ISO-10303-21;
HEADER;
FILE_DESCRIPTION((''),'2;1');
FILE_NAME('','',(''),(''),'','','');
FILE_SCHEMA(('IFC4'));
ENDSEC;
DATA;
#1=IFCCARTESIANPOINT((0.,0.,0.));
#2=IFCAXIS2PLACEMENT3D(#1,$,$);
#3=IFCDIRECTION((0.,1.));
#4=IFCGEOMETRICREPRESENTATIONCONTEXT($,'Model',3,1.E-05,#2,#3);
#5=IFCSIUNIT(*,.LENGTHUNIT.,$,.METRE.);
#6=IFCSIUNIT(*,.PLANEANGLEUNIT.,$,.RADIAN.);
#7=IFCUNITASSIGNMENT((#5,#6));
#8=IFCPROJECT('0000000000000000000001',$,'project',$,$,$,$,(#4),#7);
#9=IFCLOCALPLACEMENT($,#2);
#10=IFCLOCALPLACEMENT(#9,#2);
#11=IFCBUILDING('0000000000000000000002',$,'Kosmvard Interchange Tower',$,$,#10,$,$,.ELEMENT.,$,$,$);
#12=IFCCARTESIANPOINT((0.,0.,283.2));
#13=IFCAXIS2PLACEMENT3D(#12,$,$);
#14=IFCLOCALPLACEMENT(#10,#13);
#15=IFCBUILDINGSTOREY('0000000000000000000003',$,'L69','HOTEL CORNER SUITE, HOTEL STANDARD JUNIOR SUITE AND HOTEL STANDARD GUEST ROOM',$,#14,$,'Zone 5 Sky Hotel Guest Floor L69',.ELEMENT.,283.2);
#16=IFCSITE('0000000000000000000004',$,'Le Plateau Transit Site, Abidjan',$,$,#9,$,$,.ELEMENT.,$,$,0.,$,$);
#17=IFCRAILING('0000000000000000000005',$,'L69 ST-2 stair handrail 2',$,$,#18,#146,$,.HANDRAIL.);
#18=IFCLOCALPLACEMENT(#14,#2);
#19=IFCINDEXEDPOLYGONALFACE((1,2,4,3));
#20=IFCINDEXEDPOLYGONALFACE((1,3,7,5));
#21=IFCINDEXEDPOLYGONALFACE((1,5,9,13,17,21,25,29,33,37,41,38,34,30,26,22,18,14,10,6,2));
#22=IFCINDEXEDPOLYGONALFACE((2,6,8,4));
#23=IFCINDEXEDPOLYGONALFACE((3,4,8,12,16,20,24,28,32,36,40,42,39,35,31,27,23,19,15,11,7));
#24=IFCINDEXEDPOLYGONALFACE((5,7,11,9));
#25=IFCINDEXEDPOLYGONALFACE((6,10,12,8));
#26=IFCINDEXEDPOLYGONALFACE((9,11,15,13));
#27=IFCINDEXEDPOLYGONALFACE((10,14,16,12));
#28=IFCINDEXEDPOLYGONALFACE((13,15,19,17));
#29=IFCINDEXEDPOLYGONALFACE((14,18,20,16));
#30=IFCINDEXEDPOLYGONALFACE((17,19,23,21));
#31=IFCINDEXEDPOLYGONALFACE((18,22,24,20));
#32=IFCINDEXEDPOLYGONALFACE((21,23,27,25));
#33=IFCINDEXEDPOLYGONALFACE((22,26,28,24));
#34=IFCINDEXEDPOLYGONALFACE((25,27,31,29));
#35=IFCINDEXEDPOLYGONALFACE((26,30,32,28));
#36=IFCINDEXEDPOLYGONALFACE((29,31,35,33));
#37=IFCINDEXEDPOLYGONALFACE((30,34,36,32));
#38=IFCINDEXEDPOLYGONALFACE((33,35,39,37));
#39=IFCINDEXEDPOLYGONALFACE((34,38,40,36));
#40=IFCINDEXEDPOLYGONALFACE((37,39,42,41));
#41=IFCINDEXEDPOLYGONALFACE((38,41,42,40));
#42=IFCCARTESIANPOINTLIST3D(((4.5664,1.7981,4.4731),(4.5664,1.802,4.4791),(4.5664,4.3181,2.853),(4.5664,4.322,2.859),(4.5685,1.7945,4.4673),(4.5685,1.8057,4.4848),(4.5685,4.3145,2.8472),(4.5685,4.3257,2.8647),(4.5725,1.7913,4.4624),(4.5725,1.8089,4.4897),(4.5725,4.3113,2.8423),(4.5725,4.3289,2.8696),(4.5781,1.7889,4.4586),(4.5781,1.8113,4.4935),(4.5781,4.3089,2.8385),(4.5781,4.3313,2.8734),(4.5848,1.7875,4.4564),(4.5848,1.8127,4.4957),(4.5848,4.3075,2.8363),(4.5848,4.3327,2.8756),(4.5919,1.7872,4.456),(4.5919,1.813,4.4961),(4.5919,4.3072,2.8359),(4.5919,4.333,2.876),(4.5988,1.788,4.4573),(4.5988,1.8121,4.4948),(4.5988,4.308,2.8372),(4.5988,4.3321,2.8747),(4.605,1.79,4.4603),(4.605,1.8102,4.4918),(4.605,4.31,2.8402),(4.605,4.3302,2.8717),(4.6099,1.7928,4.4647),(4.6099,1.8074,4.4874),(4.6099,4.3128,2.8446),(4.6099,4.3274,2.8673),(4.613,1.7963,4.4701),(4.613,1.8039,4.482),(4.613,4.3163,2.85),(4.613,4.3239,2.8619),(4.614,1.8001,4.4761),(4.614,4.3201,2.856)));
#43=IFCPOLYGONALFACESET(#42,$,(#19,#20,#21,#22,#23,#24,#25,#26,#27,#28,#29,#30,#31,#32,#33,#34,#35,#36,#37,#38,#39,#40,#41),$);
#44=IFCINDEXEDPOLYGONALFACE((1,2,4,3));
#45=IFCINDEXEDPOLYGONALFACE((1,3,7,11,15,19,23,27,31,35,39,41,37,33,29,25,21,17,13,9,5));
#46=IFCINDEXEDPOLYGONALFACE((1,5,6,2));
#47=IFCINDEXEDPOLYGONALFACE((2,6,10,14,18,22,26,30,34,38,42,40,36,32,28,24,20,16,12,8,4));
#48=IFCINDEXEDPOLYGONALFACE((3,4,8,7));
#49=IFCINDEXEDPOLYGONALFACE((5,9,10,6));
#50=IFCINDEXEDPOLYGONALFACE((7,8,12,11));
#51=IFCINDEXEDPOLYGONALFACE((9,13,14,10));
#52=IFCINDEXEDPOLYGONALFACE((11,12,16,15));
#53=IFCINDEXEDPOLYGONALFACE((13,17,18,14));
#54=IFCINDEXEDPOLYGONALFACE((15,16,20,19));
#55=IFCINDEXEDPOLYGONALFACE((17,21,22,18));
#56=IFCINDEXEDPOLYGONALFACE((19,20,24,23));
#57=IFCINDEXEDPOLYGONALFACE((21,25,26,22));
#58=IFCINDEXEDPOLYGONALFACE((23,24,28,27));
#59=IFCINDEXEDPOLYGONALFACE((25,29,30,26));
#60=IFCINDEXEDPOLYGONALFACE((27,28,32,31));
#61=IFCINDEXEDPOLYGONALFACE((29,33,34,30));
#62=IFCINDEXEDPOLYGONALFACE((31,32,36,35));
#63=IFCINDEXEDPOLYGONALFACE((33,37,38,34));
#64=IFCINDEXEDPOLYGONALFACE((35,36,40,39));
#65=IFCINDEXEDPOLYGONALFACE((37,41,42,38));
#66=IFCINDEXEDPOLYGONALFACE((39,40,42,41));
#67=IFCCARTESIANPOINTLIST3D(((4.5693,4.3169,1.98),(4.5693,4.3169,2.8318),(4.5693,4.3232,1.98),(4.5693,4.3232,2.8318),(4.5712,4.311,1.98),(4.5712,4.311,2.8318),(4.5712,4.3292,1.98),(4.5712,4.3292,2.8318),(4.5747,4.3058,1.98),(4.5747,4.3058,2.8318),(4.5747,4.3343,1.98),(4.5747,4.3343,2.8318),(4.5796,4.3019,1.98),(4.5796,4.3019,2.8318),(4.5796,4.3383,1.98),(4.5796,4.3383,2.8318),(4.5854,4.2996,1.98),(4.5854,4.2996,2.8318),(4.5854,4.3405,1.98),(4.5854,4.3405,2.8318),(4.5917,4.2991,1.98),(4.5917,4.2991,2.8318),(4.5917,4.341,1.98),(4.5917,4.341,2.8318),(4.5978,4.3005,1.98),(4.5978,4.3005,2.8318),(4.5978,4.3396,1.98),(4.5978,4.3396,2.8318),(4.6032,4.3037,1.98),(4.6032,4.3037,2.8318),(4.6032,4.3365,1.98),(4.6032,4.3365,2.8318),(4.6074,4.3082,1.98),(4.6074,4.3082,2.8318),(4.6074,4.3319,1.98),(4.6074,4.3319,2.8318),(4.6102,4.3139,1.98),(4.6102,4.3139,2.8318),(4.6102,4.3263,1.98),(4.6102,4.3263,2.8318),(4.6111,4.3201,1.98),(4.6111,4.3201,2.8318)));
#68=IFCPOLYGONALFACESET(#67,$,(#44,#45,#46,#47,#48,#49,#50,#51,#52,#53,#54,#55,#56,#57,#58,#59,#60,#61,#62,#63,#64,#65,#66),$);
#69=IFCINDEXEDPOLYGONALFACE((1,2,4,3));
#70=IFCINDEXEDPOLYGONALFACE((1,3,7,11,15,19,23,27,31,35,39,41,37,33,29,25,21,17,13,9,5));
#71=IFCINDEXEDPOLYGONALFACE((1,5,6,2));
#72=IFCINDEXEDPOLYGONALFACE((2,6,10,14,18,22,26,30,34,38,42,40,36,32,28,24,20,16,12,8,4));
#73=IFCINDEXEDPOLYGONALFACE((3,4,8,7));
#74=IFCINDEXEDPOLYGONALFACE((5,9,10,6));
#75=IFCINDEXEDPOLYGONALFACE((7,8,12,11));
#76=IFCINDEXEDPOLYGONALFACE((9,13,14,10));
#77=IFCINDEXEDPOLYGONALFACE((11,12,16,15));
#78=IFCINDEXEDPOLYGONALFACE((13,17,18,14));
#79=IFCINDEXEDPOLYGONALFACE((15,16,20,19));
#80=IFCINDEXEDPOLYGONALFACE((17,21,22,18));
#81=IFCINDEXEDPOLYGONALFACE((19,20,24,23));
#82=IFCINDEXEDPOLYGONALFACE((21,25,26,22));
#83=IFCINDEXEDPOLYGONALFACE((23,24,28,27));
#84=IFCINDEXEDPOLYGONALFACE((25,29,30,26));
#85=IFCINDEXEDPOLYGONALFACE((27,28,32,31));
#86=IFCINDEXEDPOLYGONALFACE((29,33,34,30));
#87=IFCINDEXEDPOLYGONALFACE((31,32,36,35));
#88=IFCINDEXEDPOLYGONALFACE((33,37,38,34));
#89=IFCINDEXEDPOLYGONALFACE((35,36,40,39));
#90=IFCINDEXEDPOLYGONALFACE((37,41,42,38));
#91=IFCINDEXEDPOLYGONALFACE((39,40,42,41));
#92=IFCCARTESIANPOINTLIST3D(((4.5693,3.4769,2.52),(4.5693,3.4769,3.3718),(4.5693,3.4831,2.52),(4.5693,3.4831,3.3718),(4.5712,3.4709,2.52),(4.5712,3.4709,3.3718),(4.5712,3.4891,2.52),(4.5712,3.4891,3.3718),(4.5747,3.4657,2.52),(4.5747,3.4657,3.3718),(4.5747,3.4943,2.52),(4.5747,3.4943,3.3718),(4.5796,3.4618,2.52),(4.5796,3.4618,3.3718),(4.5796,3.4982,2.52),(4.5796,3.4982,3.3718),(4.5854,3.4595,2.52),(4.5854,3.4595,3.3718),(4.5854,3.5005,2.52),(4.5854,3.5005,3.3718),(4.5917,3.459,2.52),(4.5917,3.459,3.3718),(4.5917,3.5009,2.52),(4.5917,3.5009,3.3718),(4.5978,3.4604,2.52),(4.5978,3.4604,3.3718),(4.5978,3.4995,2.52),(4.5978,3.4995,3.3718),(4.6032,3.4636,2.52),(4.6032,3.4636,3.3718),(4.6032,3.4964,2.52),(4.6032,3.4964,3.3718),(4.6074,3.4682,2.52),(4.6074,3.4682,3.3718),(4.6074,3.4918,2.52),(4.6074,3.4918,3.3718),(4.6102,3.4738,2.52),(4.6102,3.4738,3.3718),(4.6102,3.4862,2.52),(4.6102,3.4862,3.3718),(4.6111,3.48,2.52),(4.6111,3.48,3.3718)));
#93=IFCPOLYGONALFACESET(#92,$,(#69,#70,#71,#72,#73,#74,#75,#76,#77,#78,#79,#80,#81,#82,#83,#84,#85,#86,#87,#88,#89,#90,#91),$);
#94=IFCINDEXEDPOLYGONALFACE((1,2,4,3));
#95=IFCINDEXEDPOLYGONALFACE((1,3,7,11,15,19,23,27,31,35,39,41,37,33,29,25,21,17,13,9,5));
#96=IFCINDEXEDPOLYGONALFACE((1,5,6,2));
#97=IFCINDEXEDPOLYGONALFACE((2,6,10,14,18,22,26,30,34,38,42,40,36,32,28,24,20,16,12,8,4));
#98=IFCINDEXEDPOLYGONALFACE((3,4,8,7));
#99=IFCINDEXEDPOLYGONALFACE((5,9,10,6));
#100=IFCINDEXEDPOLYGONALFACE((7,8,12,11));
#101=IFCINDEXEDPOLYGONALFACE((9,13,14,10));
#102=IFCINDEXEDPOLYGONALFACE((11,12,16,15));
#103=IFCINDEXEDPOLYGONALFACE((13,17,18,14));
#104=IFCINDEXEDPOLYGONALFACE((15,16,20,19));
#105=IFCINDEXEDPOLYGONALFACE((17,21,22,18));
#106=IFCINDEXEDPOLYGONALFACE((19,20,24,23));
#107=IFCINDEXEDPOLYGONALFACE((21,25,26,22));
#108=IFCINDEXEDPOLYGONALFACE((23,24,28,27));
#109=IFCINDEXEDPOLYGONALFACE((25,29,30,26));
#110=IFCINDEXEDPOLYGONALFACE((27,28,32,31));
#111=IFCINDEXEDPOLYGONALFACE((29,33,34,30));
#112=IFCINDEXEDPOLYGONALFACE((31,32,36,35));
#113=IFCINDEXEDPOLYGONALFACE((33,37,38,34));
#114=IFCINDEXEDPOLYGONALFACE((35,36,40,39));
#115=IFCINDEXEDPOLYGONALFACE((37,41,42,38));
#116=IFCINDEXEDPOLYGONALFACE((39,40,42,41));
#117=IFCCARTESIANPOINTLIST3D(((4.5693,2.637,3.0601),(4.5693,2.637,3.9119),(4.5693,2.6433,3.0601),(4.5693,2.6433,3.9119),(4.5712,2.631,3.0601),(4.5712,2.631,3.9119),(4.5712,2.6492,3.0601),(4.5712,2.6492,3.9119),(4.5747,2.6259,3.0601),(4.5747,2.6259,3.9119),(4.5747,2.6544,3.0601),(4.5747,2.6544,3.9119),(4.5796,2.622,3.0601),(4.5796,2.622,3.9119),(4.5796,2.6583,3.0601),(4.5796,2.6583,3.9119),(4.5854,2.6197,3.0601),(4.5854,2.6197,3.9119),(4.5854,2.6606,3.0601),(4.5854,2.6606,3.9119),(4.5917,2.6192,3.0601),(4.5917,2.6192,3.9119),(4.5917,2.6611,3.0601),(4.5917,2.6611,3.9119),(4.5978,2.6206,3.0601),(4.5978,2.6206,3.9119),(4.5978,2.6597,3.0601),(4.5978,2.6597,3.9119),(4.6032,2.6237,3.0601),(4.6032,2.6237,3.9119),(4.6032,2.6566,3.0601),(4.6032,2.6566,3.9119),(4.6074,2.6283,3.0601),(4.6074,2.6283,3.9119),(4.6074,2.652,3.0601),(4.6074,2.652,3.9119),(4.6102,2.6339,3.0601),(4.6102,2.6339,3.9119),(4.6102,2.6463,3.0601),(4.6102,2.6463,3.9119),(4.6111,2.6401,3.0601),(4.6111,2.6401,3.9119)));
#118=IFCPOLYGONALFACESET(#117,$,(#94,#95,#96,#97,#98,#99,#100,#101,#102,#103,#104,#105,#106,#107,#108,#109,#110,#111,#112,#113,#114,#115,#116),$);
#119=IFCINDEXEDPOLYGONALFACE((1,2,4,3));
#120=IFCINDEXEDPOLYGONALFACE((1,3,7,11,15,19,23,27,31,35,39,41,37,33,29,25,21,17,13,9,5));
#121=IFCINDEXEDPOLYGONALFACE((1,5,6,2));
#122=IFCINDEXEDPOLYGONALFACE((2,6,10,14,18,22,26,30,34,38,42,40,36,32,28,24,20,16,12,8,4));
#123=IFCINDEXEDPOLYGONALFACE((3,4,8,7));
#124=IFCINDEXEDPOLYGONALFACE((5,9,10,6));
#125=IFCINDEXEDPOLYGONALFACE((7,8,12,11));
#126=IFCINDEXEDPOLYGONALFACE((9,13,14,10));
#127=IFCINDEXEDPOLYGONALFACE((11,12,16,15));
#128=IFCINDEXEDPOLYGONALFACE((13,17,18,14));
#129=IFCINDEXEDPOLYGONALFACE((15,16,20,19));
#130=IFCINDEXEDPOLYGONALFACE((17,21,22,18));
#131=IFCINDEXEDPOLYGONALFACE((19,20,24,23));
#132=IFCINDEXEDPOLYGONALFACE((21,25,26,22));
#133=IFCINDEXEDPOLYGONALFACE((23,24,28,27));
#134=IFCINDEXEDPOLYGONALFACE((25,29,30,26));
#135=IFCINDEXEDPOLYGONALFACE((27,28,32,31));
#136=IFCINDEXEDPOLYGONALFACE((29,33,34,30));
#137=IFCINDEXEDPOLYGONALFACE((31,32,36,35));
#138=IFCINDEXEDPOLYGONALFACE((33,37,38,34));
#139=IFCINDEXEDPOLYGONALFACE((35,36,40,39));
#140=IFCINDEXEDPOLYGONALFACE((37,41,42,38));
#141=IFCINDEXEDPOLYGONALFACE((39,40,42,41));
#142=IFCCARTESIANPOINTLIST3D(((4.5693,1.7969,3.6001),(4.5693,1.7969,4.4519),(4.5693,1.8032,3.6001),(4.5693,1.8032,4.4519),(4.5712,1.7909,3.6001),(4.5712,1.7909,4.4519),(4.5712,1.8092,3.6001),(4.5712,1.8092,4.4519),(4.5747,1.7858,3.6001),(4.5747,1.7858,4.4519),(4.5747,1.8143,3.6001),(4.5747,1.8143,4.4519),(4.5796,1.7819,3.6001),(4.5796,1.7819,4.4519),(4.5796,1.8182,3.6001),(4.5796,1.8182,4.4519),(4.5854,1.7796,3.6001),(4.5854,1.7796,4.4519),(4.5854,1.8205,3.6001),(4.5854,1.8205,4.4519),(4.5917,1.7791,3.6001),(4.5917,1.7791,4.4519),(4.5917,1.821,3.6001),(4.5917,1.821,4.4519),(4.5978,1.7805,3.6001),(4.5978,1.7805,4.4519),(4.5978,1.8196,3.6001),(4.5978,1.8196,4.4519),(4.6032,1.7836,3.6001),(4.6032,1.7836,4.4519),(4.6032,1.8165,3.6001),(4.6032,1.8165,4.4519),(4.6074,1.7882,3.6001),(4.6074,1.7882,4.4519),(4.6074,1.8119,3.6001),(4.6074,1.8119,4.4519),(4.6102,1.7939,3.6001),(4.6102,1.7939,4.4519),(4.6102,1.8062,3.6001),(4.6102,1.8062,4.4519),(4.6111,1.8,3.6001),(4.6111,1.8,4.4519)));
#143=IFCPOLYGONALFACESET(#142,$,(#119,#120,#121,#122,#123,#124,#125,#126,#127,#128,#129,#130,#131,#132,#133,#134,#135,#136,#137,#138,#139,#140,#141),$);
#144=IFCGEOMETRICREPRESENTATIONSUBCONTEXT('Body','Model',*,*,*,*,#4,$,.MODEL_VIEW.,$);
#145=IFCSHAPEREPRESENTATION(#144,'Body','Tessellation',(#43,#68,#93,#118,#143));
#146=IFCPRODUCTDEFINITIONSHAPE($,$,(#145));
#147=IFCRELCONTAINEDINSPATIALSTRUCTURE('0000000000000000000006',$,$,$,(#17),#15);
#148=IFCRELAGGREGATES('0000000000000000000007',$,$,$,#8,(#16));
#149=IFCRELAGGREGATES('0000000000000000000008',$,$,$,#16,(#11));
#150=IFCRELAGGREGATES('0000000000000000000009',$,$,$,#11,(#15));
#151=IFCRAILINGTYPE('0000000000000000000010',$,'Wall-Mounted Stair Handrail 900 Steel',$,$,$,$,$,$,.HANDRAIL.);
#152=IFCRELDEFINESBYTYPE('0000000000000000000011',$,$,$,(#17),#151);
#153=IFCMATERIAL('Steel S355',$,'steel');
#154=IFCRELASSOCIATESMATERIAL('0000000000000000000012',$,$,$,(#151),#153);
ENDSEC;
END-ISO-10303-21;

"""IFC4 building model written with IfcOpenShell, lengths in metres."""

from ifc_helpers import new_model, si_unit, direction, frame, origin, origin_2d, place, context, subcontext, project, spatial, circle, extrude, source, transform, mapped, material, type_object, element, save


model = new_model("IFC4")

# Units and contexts
model_context = context("Model", 3, precision=1e-05, world=origin(), true_north=direction((0.0, 1.0)))
body_context = subcontext(model_context, "Body", "Model", "MODEL_VIEW")
ifc_project = project(units=[si_unit("LENGTHUNIT", "METRE"), si_unit("PLANEANGLEUNIT", "RADIAN")], contexts=[model_context])

# Site, building, storey
site_placement = place(None, origin())
site = spatial("IfcSite", under=ifc_project, at=site_placement, Name="Le Plateau Transit Site, Abidjan", CompositionType="ELEMENT", RefElevation=0.0)
building_placement = place(site_placement, origin())
building = spatial("IfcBuilding", under=site, at=building_placement, Name="Kosmvard Interchange Tower", CompositionType="ELEMENT")
storey_placement = place(building_placement, frame((0.0, 0.0, 283.2)))
storey = spatial("IfcBuildingStorey", under=building, at=storey_placement, Name="L69", Description="HOTEL CORNER SUITE, HOTEL STANDARD JUNIOR SUITE AND HOTEL STANDARD GUEST ROOM", LongName="Zone 5 Sky Hotel Guest Floor L69", CompositionType="ELEMENT", Elevation=283.2)

# Shared definitions
ifc_material_1 = material(Name="Steel S355", Category="steel")

# Railing
railing_type_1 = type_object("IfcRailingType", Name="Wall-Mounted Stair Handrail 900 Steel", PredefinedType="HANDRAIL", material=ifc_material_1)
shared_shape_1 = source(origin(), body_context, "Body", "SweptSolid", [
    extrude(circle(Radius=0.0239, at=origin_2d()), frame((0.0, 0.0, 0.876), z_axis=(0.0, -0.841163, 0.540782), x_axis=(1.0, 0.0, 0.0)), (0.0, 0.0, 1.0), 2.9958),
    extrude(circle(Radius=0.021, at=origin_2d()), origin(), (0.0, 0.0, 1.0), 0.8518),
    extrude(circle(Radius=0.021, at=origin_2d()), frame((0.0, -0.8401, 0.54)), (0.0, 0.0, 1.0), 0.8518),
    extrude(circle(Radius=0.021, at=origin_2d()), frame((0.0, -1.6799, 1.0801)), (0.0, 0.0, 1.0), 0.8518),
    extrude(circle(Radius=0.021, at=origin_2d()), frame((0.0, -2.52, 1.6201)), (0.0, 0.0, 1.0), 0.8518),
])
railing_1_placement = place(storey_placement, frame((4.5901, 4.3201, 1.98)))
element("IfcRailing", 1, at=railing_1_placement, inside=storey, type_object=railing_type_1, Name="L69 ST-2 stair handrail 2", PredefinedType="HANDRAIL", context=body_context, shape_type="MappedRepresentation", body=[
    mapped(shared_shape_1, transform((0.0, 0.0, 0.0), scale=1.0)),
])

save(model, "model.ifc")
